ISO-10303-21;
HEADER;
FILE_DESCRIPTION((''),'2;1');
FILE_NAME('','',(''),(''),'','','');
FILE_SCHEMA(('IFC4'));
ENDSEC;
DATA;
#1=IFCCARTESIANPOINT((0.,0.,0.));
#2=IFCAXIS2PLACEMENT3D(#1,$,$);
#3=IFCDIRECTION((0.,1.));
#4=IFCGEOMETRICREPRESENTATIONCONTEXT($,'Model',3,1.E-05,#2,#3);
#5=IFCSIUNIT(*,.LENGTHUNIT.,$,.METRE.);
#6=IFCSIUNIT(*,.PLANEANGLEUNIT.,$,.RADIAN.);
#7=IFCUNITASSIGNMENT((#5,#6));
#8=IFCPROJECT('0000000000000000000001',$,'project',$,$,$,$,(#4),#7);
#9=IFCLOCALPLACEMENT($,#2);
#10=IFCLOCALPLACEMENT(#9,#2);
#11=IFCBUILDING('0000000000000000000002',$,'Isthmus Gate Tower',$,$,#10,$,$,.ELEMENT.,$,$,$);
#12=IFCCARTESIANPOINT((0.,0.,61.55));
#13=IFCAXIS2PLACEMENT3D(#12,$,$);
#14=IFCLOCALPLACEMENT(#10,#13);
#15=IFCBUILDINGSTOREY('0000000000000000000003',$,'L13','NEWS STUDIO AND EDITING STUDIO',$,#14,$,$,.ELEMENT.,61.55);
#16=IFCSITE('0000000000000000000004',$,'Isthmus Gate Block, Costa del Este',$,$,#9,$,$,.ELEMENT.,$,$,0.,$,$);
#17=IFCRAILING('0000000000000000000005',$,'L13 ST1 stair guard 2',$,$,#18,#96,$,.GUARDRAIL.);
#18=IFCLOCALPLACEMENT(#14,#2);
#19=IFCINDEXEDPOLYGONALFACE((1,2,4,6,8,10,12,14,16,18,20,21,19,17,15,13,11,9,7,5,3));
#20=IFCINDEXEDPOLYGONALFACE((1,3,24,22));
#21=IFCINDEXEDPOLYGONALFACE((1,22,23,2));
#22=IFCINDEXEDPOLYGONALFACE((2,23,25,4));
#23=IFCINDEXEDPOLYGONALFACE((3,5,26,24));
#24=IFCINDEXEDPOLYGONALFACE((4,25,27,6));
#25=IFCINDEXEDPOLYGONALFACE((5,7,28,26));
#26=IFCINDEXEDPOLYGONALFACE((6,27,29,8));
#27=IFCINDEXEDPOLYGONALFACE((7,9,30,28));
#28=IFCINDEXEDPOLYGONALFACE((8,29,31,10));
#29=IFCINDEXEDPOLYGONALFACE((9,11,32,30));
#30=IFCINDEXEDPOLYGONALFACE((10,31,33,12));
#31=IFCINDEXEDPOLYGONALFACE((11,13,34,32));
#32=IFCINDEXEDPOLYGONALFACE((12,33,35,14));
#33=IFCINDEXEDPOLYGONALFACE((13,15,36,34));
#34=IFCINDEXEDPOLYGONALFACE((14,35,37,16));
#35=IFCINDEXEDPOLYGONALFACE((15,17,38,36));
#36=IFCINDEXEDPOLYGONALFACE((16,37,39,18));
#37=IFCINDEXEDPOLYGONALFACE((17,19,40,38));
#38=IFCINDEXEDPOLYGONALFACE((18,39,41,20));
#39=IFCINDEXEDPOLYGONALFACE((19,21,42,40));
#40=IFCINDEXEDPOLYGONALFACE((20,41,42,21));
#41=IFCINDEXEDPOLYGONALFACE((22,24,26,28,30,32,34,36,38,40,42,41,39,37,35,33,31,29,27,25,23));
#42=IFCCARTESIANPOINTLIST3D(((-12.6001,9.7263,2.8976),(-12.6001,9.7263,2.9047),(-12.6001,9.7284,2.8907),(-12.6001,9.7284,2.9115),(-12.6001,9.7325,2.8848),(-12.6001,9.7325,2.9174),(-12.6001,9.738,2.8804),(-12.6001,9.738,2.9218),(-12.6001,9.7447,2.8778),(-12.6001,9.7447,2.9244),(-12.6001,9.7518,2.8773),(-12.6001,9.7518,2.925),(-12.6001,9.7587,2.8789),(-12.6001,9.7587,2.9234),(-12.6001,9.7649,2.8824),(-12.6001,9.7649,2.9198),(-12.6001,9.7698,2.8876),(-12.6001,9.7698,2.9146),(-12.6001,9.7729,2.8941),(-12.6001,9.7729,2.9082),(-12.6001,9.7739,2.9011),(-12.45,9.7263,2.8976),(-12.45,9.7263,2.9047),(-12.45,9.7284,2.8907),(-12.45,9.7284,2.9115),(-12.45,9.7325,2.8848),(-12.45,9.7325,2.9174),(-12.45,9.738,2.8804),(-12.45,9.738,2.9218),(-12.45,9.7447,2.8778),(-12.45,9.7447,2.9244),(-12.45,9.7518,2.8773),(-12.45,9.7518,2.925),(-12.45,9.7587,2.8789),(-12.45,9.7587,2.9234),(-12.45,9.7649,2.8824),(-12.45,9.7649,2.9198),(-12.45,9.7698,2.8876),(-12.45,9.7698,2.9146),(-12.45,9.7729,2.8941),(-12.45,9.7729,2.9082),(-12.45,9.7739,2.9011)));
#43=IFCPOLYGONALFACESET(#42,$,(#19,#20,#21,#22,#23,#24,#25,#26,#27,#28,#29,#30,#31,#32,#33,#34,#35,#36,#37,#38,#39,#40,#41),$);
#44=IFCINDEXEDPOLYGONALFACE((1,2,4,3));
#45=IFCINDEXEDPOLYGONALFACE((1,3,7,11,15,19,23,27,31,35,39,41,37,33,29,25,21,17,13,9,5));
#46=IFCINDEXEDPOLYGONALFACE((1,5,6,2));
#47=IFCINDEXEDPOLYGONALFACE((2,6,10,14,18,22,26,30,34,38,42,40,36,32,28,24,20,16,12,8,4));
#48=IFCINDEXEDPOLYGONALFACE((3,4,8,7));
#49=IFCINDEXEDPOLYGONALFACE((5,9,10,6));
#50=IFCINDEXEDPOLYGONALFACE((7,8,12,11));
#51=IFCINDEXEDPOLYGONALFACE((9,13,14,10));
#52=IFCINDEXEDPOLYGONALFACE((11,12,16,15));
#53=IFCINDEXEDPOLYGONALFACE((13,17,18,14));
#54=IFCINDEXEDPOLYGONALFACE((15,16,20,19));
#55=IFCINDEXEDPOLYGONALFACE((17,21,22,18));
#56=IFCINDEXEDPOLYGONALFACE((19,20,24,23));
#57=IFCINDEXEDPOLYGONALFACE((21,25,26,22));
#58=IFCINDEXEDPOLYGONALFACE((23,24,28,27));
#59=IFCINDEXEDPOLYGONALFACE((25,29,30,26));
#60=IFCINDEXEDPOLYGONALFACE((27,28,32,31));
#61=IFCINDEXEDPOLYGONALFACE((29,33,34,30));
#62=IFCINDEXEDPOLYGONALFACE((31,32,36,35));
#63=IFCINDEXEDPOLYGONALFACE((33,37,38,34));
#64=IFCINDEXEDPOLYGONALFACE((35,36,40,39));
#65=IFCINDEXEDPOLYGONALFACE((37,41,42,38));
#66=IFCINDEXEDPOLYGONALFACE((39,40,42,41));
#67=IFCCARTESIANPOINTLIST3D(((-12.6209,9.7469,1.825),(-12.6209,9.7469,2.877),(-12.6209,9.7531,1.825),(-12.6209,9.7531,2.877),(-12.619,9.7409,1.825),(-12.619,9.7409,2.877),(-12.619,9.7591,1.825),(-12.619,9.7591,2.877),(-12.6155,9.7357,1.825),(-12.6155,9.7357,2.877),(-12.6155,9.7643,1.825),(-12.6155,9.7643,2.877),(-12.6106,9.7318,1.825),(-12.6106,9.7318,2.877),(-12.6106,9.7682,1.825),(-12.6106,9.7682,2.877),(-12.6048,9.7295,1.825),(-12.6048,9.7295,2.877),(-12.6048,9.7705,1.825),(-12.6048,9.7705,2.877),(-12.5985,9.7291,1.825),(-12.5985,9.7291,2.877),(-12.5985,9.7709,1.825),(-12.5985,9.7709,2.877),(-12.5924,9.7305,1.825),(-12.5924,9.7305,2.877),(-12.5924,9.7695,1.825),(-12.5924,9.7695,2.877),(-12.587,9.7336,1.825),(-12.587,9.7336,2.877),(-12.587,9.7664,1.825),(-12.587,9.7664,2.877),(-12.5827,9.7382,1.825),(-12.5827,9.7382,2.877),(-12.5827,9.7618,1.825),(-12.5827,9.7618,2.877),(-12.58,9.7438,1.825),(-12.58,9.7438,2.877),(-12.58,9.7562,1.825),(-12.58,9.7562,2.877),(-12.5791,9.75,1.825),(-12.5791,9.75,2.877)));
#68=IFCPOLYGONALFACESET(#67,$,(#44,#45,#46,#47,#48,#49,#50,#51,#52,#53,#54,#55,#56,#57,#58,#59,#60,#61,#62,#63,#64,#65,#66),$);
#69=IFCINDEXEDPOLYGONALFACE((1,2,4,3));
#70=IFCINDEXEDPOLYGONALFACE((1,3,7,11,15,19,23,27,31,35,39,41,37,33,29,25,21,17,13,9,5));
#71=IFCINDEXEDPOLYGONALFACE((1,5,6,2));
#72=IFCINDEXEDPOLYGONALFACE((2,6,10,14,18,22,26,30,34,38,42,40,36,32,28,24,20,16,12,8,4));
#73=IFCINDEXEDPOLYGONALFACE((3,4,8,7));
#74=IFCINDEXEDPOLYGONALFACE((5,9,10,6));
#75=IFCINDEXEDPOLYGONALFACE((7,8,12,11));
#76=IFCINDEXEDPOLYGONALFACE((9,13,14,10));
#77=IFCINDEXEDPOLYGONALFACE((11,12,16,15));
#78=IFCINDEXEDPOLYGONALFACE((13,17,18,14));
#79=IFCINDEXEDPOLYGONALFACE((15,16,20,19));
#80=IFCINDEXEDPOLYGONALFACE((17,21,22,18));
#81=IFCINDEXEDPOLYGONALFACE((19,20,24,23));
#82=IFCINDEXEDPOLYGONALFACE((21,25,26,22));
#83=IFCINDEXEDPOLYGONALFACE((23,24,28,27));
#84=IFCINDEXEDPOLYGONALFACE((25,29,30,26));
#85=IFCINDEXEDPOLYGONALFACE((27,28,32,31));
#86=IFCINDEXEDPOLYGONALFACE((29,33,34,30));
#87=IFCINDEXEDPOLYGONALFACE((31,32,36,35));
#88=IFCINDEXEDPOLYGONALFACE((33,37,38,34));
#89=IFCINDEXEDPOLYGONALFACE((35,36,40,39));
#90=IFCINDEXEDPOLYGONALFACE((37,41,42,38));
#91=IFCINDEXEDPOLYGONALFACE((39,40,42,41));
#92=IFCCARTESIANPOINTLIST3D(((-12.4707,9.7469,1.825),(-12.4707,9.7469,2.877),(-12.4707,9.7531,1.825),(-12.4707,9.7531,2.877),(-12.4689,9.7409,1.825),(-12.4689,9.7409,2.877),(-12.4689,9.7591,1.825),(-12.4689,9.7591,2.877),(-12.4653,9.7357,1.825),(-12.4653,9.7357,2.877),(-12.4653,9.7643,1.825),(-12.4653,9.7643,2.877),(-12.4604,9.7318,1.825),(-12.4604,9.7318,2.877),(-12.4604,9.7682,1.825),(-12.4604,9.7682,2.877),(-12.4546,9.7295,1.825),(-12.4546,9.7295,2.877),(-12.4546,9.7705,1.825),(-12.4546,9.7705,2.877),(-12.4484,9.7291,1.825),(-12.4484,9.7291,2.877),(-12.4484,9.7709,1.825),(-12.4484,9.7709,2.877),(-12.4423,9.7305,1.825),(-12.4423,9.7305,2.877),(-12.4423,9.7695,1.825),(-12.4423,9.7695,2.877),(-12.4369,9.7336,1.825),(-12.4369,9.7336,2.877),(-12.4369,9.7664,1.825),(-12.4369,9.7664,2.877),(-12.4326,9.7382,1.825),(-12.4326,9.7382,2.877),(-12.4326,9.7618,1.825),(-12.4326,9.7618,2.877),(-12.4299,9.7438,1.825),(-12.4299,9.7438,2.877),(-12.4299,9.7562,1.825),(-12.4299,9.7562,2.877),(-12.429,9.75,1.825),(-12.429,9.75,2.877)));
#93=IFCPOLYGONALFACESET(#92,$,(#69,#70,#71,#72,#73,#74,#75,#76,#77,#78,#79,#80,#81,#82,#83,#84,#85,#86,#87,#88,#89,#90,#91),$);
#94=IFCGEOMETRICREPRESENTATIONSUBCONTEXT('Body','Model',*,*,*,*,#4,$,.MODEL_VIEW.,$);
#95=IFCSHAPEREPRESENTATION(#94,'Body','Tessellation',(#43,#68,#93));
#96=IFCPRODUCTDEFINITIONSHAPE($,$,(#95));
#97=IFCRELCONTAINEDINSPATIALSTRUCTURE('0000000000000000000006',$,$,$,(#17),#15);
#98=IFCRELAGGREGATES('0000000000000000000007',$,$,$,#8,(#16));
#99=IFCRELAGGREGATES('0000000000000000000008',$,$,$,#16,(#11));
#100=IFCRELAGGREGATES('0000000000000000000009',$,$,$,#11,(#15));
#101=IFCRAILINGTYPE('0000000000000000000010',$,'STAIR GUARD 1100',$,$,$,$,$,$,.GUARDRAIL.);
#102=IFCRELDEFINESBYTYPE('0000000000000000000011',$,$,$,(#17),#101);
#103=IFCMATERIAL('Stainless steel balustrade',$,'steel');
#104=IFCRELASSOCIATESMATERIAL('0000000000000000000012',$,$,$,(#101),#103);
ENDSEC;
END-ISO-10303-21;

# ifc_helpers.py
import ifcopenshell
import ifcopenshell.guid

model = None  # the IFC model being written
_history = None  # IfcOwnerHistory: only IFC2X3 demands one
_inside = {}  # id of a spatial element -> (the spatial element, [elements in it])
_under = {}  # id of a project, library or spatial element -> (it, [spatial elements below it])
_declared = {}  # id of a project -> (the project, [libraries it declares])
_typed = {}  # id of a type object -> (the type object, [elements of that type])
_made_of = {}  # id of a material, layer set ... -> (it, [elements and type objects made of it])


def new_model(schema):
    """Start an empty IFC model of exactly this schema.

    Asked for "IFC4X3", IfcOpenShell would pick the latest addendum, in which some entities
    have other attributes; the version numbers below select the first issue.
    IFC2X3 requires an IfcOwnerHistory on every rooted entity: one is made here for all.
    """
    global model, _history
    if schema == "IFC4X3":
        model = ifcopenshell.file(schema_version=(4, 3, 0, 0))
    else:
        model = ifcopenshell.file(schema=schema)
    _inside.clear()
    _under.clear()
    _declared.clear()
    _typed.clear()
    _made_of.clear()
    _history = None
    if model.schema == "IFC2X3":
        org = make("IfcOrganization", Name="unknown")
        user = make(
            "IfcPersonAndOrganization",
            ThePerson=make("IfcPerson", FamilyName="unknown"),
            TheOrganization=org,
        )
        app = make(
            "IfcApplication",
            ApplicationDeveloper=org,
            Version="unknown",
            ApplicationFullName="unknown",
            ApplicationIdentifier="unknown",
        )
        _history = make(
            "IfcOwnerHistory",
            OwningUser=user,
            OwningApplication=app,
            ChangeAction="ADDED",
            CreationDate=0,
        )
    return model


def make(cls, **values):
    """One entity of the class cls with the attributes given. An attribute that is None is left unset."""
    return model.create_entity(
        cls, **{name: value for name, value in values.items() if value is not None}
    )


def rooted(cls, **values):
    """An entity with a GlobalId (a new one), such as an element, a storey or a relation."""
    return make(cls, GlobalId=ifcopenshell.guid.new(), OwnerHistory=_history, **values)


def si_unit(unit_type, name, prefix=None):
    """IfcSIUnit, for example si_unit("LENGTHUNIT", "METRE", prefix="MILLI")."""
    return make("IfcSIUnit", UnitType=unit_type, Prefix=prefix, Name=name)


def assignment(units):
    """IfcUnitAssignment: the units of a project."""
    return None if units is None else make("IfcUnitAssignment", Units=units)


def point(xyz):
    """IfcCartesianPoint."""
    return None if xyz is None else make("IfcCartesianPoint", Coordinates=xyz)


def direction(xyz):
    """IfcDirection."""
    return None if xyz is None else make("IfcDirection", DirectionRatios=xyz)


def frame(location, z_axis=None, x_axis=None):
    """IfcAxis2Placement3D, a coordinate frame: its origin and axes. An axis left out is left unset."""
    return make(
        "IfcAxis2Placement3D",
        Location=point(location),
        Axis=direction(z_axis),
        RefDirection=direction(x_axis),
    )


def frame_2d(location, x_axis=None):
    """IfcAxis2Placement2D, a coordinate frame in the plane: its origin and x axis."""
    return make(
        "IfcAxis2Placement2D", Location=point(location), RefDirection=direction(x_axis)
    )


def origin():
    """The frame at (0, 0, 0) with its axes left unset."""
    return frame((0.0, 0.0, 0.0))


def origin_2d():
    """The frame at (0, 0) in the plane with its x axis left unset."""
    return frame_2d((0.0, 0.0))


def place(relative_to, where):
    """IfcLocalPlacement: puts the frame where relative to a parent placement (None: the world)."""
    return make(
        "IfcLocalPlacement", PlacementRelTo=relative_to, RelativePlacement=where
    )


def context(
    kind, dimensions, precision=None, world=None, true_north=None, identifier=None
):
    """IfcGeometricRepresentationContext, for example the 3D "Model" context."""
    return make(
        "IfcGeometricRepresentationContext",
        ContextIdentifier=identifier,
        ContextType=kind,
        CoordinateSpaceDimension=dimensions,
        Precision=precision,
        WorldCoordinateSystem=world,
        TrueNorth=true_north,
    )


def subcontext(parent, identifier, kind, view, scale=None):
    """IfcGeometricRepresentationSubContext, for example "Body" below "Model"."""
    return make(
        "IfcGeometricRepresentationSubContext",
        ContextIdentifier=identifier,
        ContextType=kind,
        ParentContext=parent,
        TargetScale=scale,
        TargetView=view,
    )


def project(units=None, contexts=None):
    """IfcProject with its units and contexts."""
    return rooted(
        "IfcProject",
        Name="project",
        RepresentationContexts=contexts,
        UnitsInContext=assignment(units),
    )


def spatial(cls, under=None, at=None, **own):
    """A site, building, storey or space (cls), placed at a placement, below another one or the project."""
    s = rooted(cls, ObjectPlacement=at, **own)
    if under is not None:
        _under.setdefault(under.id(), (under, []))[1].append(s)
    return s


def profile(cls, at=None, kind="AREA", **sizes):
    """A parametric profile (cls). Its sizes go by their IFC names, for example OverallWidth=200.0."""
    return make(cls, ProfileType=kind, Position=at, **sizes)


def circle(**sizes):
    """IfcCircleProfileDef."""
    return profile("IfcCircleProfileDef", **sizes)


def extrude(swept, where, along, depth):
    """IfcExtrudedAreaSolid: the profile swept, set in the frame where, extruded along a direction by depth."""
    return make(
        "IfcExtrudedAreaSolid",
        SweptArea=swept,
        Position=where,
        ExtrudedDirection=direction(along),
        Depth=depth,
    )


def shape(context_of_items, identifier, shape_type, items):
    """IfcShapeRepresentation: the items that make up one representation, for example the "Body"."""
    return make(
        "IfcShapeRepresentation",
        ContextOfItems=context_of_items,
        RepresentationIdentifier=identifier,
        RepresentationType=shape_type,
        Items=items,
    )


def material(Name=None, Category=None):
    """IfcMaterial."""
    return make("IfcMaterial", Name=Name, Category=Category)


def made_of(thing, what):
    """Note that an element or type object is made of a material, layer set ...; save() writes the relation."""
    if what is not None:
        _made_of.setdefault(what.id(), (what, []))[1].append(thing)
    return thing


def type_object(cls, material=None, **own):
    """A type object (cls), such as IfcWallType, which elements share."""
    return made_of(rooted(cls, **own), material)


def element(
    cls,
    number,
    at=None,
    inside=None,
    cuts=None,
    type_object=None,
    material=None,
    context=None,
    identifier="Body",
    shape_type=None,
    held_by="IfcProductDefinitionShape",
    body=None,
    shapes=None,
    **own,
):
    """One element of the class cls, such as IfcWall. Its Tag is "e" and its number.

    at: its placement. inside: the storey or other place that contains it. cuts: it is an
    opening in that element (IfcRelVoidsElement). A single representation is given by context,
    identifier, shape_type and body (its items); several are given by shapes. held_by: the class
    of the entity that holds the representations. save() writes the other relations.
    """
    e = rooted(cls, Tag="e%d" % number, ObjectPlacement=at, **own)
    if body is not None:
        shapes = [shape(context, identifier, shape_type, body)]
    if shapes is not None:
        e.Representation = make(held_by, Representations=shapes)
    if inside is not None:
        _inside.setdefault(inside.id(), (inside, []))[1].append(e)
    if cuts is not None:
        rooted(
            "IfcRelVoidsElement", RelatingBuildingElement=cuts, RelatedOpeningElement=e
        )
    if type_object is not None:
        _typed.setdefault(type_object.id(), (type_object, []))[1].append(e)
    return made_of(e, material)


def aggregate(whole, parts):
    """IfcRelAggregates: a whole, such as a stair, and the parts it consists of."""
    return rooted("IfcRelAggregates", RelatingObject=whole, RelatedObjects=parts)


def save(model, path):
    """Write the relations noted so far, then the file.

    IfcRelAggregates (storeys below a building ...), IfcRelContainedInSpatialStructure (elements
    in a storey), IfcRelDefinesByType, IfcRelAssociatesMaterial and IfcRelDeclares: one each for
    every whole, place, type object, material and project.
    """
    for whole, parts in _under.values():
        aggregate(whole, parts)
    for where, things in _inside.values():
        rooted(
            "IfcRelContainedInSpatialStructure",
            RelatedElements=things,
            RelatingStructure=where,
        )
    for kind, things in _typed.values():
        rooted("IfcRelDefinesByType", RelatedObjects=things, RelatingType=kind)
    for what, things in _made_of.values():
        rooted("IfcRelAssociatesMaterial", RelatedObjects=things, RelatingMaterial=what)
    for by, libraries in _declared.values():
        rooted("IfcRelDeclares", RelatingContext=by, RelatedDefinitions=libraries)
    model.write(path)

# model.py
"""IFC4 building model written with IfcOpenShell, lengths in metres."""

from ifc_helpers import new_model, si_unit, direction, frame, origin, origin_2d, place, context, subcontext, project, spatial, circle, extrude, material, type_object, element, save


model = new_model("IFC4")

# Units and contexts
model_context = context("Model", 3, precision=1e-05, world=origin(), true_north=direction((0.0, 1.0)))
body_context = subcontext(model_context, "Body", "Model", "MODEL_VIEW")
ifc_project = project(units=[si_unit("LENGTHUNIT", "METRE"), si_unit("PLANEANGLEUNIT", "RADIAN")], contexts=[model_context])

# Site, building, storey
site_placement = place(None, origin())
site = spatial("IfcSite", under=ifc_project, at=site_placement, Name="Isthmus Gate Block, Costa del Este", CompositionType="ELEMENT", RefElevation=0.0)
building_placement = place(site_placement, origin())
building = spatial("IfcBuilding", under=site, at=building_placement, Name="Isthmus Gate Tower", CompositionType="ELEMENT")
storey_placement = place(building_placement, frame((0.0, 0.0, 61.55)))
storey = spatial("IfcBuildingStorey", under=building, at=storey_placement, Name="L13", Description="NEWS STUDIO AND EDITING STUDIO", CompositionType="ELEMENT", Elevation=61.55)

# Railing
ifc_material_1 = material(Name="Stainless steel balustrade", Category="steel")
railing_type_1 = type_object("IfcRailingType", Name="STAIR GUARD 1100", PredefinedType="GUARDRAIL", material=ifc_material_1)
railing_1_placement = place(storey_placement, frame((-12.6001, 9.75, 1.825)))
element("IfcRailing", 1, at=railing_1_placement, inside=storey, type_object=railing_type_1, Name="L13 ST1 stair guard 2", PredefinedType="GUARDRAIL", context=body_context, shape_type="SweptSolid", body=[
    extrude(circle(Radius=0.0239, at=origin_2d()), frame((0.0, 0.0, 1.0762), z_axis=(1.0, 0.0, 0.0), x_axis=(0.0, 1.0, 0.0)), (0.0, 0.0, 1.0), 0.1501),
    extrude(circle(Radius=0.021, at=origin_2d()), origin(), (0.0, 0.0, 1.0), 1.052),
    extrude(circle(Radius=0.021, at=origin_2d()), frame((0.1501, 0.0, 0.0)), (0.0, 0.0, 1.0), 1.052),
])

save(model, "model.ifc")
